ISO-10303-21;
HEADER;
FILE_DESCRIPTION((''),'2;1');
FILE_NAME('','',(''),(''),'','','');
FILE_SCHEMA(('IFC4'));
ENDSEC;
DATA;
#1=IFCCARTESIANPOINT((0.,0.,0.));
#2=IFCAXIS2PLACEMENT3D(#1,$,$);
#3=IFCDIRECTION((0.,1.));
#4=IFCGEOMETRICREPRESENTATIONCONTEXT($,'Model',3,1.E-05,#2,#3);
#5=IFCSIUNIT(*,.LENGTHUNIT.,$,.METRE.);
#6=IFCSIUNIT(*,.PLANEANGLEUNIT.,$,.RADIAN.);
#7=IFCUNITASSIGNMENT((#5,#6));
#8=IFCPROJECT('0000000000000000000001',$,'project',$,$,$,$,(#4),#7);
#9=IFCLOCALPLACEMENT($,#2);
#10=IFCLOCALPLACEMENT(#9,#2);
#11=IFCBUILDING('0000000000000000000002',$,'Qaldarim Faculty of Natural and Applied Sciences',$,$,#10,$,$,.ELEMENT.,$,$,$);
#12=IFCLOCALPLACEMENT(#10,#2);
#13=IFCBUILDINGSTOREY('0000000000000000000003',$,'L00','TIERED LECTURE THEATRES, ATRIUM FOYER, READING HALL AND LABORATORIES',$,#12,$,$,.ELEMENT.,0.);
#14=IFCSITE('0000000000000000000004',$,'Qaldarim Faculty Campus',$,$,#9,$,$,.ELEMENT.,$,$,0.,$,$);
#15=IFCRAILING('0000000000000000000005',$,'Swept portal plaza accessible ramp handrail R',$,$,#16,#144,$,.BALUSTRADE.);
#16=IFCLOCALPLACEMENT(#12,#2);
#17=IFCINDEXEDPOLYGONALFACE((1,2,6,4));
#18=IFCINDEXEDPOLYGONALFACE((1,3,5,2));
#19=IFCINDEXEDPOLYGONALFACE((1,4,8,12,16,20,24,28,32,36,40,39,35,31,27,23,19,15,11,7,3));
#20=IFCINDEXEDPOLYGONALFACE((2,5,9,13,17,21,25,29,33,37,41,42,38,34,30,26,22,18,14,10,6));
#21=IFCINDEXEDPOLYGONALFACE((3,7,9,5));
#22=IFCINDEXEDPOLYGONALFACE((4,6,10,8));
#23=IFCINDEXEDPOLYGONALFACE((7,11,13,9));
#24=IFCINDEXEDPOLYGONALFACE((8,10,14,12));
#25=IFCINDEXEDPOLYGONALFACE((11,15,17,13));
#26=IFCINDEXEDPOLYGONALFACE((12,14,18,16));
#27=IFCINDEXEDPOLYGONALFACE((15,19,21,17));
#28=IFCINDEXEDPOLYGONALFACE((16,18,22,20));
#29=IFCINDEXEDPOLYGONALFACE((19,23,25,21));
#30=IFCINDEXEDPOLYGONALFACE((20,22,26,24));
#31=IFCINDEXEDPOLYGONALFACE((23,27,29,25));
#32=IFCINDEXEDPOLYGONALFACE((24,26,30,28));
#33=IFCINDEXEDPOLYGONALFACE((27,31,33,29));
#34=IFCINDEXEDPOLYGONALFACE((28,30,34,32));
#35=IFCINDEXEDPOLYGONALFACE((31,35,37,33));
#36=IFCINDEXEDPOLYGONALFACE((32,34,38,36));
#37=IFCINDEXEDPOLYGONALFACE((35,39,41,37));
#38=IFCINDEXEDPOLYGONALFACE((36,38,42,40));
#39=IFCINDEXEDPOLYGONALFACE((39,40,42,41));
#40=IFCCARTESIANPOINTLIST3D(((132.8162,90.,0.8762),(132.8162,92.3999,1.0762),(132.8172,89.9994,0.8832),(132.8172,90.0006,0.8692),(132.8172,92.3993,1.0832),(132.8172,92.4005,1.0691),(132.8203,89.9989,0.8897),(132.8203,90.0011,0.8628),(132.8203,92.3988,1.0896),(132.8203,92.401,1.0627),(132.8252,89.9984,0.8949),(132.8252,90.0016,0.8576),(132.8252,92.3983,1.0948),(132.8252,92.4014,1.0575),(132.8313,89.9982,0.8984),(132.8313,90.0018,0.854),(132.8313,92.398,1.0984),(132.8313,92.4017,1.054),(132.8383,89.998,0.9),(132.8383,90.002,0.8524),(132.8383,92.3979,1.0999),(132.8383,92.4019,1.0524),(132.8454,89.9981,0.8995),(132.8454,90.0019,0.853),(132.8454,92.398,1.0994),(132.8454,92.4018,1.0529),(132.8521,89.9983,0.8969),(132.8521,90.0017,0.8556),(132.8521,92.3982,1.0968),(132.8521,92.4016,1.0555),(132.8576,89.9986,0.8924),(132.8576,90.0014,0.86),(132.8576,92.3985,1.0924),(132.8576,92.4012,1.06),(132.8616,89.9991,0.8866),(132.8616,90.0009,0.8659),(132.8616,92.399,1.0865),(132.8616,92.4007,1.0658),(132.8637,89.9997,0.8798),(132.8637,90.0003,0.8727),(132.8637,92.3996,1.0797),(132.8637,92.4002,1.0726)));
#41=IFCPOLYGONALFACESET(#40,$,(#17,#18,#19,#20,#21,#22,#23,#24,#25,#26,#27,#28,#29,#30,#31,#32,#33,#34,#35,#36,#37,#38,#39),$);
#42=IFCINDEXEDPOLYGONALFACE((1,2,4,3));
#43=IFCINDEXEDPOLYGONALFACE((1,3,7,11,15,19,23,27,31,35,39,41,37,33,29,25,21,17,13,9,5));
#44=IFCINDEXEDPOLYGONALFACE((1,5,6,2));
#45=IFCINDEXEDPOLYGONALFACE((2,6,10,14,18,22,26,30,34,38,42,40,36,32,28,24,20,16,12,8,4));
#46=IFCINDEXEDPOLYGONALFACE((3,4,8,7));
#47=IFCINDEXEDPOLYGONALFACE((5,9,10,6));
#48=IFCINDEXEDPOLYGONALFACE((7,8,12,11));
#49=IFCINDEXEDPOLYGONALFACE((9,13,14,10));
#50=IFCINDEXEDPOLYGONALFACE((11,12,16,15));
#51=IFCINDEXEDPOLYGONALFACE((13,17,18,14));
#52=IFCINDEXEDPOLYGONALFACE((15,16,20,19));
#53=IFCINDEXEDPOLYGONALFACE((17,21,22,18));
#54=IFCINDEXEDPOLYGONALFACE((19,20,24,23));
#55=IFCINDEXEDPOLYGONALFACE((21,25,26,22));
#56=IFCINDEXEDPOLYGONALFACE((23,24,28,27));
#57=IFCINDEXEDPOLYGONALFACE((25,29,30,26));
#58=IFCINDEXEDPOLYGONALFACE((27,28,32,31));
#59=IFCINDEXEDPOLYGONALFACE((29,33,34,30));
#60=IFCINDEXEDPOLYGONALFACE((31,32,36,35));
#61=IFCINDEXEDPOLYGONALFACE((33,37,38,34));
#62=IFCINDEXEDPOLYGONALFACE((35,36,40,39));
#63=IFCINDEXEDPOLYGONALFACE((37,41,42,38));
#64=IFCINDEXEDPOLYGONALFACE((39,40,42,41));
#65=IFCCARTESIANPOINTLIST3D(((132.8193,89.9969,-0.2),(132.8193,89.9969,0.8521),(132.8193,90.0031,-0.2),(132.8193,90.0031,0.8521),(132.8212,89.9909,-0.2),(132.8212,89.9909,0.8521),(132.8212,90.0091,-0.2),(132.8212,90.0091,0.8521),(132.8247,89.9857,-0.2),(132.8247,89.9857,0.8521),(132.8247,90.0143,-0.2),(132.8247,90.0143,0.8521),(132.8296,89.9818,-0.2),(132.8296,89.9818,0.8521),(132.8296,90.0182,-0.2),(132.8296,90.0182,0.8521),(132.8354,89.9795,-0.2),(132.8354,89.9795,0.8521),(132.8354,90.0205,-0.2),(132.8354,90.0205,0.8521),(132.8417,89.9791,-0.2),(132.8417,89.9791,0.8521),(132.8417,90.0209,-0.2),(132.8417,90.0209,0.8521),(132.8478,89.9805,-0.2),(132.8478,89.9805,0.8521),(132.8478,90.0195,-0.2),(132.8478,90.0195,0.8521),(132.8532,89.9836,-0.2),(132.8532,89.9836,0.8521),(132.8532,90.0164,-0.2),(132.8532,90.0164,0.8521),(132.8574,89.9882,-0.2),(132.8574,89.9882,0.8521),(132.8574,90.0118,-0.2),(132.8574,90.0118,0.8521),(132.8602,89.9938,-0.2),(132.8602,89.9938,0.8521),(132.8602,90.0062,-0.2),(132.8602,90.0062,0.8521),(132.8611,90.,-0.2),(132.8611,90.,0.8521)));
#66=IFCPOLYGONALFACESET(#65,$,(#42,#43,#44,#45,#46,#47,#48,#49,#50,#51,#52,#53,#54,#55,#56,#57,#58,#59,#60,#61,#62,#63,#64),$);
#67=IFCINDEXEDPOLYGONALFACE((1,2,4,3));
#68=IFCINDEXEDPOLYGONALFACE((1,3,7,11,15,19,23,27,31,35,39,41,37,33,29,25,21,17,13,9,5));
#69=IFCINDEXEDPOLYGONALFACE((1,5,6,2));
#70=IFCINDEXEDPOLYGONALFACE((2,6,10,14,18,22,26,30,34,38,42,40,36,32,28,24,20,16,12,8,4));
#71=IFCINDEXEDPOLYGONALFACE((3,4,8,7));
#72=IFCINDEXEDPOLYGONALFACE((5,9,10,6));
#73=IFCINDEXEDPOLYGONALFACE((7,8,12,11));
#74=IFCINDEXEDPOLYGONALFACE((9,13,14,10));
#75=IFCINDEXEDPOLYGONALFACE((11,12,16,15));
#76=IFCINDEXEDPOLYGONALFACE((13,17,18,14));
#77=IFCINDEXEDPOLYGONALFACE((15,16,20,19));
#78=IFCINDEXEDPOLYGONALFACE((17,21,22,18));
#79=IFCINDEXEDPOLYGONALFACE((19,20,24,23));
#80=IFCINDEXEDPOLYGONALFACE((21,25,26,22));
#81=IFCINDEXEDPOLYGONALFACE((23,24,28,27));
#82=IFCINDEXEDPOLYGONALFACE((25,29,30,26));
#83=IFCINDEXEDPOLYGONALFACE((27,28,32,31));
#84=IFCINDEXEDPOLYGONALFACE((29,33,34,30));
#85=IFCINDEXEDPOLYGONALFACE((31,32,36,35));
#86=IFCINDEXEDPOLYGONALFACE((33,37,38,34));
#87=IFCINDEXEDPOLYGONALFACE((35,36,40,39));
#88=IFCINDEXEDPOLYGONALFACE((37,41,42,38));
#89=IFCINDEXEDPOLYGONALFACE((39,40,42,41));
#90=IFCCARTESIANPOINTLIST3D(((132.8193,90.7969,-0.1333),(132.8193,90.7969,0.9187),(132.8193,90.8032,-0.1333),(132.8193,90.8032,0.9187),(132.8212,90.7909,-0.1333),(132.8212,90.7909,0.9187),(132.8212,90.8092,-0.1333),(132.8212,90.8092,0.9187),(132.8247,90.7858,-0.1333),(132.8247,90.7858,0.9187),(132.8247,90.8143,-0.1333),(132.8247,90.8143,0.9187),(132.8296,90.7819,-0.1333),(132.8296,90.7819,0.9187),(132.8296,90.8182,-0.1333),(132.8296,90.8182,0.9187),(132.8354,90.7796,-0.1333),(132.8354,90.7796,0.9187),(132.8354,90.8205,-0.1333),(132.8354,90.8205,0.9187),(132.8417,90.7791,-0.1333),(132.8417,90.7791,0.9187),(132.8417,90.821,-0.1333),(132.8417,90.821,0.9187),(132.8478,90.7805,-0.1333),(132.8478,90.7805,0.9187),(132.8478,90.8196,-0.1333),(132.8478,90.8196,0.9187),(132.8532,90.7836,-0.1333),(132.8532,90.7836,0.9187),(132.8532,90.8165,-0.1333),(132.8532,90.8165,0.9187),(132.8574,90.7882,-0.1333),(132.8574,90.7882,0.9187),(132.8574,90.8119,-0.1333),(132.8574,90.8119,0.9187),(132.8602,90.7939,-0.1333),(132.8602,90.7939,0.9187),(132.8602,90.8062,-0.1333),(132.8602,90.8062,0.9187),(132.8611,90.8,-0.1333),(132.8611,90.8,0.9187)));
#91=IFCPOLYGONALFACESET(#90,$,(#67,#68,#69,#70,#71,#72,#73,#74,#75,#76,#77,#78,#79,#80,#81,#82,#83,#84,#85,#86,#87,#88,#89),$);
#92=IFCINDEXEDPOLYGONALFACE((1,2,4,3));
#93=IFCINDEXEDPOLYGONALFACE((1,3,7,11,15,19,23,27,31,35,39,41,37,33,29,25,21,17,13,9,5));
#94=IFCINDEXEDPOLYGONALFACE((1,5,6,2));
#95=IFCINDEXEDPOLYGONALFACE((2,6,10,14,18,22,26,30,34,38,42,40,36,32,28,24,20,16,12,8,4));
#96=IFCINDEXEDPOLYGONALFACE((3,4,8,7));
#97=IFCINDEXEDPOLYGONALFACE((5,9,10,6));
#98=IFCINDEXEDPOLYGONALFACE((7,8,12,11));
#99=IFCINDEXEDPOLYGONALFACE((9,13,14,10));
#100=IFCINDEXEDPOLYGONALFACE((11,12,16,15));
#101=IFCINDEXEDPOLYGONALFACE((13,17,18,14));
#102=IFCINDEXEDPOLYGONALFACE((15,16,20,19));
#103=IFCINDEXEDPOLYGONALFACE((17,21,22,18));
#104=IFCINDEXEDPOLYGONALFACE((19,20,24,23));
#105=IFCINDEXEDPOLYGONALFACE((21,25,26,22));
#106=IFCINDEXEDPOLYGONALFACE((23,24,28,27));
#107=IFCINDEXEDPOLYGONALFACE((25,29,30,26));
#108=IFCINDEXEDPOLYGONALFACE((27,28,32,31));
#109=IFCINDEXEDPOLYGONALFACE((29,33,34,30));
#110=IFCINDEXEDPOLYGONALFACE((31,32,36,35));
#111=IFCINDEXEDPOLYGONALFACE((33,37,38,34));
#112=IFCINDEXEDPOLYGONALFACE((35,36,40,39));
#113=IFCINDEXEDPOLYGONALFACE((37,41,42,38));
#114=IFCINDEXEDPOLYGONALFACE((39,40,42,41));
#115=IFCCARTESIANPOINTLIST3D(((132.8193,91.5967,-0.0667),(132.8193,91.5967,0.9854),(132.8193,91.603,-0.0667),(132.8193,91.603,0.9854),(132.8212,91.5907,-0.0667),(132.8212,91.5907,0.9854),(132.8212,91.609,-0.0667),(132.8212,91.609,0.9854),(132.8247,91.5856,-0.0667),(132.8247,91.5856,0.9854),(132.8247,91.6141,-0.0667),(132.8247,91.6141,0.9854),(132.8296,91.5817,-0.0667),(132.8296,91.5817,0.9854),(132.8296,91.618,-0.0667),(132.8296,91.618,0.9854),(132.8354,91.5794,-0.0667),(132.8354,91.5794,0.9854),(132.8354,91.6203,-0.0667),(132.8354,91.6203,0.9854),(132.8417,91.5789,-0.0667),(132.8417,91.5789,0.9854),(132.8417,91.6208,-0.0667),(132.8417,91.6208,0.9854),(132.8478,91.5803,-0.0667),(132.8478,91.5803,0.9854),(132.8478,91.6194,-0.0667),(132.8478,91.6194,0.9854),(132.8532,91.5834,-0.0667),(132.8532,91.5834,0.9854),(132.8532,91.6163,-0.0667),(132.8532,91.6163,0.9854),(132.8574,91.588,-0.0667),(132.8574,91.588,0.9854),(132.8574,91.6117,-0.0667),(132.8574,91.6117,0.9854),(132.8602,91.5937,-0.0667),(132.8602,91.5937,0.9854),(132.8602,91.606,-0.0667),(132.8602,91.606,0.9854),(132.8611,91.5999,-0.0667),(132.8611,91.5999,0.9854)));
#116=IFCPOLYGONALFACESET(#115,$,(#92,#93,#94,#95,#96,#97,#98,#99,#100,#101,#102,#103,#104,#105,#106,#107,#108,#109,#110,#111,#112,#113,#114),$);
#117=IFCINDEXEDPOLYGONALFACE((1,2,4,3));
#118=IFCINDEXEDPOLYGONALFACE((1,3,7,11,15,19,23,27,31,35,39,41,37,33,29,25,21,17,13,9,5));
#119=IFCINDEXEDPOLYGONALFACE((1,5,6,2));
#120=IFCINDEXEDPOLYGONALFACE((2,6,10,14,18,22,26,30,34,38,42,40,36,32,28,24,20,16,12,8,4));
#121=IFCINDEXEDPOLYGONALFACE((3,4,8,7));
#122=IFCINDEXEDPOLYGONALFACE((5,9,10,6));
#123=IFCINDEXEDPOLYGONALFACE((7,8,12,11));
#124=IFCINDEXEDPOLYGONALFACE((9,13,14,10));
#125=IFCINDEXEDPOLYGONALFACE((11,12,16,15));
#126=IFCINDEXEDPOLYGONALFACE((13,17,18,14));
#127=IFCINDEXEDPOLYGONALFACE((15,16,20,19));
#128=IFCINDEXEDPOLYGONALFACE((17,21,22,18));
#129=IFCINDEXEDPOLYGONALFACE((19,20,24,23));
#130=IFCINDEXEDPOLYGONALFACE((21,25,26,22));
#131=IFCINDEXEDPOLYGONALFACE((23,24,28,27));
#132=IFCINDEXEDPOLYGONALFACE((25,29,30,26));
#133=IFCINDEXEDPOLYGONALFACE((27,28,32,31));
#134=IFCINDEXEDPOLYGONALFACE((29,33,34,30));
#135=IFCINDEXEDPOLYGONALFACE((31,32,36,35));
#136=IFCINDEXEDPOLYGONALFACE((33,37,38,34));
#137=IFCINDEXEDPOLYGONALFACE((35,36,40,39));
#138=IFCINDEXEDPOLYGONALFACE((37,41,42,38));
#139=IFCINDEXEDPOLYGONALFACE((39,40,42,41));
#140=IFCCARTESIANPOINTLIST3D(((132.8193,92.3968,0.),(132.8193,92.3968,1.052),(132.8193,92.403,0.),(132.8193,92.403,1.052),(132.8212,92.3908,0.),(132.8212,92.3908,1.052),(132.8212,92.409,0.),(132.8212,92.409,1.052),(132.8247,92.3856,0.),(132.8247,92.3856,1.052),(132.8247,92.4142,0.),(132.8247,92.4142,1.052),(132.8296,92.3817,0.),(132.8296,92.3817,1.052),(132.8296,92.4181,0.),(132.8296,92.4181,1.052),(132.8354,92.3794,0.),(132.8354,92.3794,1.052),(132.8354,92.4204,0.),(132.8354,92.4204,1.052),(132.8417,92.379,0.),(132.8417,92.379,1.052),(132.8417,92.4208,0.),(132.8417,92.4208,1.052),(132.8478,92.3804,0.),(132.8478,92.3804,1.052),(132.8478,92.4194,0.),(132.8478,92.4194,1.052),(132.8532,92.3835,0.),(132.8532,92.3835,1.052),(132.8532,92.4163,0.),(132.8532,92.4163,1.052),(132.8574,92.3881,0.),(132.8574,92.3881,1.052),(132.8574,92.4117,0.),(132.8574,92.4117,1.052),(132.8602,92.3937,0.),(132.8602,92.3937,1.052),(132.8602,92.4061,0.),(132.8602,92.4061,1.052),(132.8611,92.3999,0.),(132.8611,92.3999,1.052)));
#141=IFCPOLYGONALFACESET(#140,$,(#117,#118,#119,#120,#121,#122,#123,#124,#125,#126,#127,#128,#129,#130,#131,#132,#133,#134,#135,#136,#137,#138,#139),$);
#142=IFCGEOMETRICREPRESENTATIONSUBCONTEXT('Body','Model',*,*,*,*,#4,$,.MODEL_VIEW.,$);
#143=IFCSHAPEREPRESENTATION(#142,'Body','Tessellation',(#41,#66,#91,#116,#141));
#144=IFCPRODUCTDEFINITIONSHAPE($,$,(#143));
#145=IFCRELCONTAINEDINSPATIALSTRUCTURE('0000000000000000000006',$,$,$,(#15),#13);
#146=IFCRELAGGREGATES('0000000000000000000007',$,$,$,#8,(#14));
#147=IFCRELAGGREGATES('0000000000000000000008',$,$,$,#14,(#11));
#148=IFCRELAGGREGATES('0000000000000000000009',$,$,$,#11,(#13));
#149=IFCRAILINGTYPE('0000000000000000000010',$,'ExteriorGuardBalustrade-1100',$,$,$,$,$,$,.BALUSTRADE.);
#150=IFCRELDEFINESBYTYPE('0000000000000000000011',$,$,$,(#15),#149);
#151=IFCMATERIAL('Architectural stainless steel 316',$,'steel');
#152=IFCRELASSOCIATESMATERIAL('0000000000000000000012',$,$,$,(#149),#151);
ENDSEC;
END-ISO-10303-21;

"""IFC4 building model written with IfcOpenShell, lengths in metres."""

from ifc_helpers import new_model, si_unit, direction, frame, origin, origin_2d, place, context, subcontext, project, spatial, circle, extrude, material, type_object, element, save


model = new_model("IFC4")

# Units and contexts
model_context = context("Model", 3, precision=1e-05, world=origin(), true_north=direction((0.0, 1.0)))
body_context = subcontext(model_context, "Body", "Model", "MODEL_VIEW")
ifc_project = project(units=[si_unit("LENGTHUNIT", "METRE"), si_unit("PLANEANGLEUNIT", "RADIAN")], contexts=[model_context])

# Site, building, storey
site_placement = place(None, origin())
site = spatial("IfcSite", under=ifc_project, at=site_placement, Name="Qaldarim Faculty Campus", CompositionType="ELEMENT", RefElevation=0.0)
building_placement = place(site_placement, origin())
building = spatial("IfcBuilding", under=site, at=building_placement, Name="Qaldarim Faculty of Natural and Applied Sciences", CompositionType="ELEMENT")
storey_placement = place(building_placement, origin())
storey = spatial("IfcBuildingStorey", under=building, at=storey_placement, Name="L00", Description="TIERED LECTURE THEATRES, ATRIUM FOYER, READING HALL AND LABORATORIES", CompositionType="ELEMENT", Elevation=0.0)

# Railing
ifc_material_1 = material(Name="Architectural stainless steel 316", Category="steel")
railing_type = type_object("IfcRailingType", Name="ExteriorGuardBalustrade-1100", PredefinedType="BALUSTRADE", material=ifc_material_1)
railing_placement = place(storey_placement, frame((132.8401, 90.0, -0.2)))
element("IfcRailing", 1, at=railing_placement, inside=storey, type_object=railing_type, Name="Swept portal plaza accessible ramp handrail R", PredefinedType="BALUSTRADE", context=body_context, shape_type="SweptSolid", body=[
    extrude(circle(Radius=0.0239, at=origin_2d()), frame((0.0, 0.0, 1.0762), z_axis=(0.0, 0.996547, 0.083029), x_axis=(-1.0, 0.0, 0.0)), (0.0, 0.0, 1.0), 2.4082),
    extrude(circle(Radius=0.021, at=origin_2d()), origin(), (0.0, 0.0, 1.0), 1.052),
    extrude(circle(Radius=0.021, at=origin_2d()), frame((0.0, 0.8, 0.0667)), (0.0, 0.0, 1.0), 1.052),
    extrude(circle(Radius=0.021, at=origin_2d()), frame((0.0, 1.5999, 0.1333)), (0.0, 0.0, 1.0), 1.052),
    extrude(circle(Radius=0.021, at=origin_2d()), frame((0.0, 2.3999, 0.2)), (0.0, 0.0, 1.0), 1.052),
])

save(model, "model.ifc")
